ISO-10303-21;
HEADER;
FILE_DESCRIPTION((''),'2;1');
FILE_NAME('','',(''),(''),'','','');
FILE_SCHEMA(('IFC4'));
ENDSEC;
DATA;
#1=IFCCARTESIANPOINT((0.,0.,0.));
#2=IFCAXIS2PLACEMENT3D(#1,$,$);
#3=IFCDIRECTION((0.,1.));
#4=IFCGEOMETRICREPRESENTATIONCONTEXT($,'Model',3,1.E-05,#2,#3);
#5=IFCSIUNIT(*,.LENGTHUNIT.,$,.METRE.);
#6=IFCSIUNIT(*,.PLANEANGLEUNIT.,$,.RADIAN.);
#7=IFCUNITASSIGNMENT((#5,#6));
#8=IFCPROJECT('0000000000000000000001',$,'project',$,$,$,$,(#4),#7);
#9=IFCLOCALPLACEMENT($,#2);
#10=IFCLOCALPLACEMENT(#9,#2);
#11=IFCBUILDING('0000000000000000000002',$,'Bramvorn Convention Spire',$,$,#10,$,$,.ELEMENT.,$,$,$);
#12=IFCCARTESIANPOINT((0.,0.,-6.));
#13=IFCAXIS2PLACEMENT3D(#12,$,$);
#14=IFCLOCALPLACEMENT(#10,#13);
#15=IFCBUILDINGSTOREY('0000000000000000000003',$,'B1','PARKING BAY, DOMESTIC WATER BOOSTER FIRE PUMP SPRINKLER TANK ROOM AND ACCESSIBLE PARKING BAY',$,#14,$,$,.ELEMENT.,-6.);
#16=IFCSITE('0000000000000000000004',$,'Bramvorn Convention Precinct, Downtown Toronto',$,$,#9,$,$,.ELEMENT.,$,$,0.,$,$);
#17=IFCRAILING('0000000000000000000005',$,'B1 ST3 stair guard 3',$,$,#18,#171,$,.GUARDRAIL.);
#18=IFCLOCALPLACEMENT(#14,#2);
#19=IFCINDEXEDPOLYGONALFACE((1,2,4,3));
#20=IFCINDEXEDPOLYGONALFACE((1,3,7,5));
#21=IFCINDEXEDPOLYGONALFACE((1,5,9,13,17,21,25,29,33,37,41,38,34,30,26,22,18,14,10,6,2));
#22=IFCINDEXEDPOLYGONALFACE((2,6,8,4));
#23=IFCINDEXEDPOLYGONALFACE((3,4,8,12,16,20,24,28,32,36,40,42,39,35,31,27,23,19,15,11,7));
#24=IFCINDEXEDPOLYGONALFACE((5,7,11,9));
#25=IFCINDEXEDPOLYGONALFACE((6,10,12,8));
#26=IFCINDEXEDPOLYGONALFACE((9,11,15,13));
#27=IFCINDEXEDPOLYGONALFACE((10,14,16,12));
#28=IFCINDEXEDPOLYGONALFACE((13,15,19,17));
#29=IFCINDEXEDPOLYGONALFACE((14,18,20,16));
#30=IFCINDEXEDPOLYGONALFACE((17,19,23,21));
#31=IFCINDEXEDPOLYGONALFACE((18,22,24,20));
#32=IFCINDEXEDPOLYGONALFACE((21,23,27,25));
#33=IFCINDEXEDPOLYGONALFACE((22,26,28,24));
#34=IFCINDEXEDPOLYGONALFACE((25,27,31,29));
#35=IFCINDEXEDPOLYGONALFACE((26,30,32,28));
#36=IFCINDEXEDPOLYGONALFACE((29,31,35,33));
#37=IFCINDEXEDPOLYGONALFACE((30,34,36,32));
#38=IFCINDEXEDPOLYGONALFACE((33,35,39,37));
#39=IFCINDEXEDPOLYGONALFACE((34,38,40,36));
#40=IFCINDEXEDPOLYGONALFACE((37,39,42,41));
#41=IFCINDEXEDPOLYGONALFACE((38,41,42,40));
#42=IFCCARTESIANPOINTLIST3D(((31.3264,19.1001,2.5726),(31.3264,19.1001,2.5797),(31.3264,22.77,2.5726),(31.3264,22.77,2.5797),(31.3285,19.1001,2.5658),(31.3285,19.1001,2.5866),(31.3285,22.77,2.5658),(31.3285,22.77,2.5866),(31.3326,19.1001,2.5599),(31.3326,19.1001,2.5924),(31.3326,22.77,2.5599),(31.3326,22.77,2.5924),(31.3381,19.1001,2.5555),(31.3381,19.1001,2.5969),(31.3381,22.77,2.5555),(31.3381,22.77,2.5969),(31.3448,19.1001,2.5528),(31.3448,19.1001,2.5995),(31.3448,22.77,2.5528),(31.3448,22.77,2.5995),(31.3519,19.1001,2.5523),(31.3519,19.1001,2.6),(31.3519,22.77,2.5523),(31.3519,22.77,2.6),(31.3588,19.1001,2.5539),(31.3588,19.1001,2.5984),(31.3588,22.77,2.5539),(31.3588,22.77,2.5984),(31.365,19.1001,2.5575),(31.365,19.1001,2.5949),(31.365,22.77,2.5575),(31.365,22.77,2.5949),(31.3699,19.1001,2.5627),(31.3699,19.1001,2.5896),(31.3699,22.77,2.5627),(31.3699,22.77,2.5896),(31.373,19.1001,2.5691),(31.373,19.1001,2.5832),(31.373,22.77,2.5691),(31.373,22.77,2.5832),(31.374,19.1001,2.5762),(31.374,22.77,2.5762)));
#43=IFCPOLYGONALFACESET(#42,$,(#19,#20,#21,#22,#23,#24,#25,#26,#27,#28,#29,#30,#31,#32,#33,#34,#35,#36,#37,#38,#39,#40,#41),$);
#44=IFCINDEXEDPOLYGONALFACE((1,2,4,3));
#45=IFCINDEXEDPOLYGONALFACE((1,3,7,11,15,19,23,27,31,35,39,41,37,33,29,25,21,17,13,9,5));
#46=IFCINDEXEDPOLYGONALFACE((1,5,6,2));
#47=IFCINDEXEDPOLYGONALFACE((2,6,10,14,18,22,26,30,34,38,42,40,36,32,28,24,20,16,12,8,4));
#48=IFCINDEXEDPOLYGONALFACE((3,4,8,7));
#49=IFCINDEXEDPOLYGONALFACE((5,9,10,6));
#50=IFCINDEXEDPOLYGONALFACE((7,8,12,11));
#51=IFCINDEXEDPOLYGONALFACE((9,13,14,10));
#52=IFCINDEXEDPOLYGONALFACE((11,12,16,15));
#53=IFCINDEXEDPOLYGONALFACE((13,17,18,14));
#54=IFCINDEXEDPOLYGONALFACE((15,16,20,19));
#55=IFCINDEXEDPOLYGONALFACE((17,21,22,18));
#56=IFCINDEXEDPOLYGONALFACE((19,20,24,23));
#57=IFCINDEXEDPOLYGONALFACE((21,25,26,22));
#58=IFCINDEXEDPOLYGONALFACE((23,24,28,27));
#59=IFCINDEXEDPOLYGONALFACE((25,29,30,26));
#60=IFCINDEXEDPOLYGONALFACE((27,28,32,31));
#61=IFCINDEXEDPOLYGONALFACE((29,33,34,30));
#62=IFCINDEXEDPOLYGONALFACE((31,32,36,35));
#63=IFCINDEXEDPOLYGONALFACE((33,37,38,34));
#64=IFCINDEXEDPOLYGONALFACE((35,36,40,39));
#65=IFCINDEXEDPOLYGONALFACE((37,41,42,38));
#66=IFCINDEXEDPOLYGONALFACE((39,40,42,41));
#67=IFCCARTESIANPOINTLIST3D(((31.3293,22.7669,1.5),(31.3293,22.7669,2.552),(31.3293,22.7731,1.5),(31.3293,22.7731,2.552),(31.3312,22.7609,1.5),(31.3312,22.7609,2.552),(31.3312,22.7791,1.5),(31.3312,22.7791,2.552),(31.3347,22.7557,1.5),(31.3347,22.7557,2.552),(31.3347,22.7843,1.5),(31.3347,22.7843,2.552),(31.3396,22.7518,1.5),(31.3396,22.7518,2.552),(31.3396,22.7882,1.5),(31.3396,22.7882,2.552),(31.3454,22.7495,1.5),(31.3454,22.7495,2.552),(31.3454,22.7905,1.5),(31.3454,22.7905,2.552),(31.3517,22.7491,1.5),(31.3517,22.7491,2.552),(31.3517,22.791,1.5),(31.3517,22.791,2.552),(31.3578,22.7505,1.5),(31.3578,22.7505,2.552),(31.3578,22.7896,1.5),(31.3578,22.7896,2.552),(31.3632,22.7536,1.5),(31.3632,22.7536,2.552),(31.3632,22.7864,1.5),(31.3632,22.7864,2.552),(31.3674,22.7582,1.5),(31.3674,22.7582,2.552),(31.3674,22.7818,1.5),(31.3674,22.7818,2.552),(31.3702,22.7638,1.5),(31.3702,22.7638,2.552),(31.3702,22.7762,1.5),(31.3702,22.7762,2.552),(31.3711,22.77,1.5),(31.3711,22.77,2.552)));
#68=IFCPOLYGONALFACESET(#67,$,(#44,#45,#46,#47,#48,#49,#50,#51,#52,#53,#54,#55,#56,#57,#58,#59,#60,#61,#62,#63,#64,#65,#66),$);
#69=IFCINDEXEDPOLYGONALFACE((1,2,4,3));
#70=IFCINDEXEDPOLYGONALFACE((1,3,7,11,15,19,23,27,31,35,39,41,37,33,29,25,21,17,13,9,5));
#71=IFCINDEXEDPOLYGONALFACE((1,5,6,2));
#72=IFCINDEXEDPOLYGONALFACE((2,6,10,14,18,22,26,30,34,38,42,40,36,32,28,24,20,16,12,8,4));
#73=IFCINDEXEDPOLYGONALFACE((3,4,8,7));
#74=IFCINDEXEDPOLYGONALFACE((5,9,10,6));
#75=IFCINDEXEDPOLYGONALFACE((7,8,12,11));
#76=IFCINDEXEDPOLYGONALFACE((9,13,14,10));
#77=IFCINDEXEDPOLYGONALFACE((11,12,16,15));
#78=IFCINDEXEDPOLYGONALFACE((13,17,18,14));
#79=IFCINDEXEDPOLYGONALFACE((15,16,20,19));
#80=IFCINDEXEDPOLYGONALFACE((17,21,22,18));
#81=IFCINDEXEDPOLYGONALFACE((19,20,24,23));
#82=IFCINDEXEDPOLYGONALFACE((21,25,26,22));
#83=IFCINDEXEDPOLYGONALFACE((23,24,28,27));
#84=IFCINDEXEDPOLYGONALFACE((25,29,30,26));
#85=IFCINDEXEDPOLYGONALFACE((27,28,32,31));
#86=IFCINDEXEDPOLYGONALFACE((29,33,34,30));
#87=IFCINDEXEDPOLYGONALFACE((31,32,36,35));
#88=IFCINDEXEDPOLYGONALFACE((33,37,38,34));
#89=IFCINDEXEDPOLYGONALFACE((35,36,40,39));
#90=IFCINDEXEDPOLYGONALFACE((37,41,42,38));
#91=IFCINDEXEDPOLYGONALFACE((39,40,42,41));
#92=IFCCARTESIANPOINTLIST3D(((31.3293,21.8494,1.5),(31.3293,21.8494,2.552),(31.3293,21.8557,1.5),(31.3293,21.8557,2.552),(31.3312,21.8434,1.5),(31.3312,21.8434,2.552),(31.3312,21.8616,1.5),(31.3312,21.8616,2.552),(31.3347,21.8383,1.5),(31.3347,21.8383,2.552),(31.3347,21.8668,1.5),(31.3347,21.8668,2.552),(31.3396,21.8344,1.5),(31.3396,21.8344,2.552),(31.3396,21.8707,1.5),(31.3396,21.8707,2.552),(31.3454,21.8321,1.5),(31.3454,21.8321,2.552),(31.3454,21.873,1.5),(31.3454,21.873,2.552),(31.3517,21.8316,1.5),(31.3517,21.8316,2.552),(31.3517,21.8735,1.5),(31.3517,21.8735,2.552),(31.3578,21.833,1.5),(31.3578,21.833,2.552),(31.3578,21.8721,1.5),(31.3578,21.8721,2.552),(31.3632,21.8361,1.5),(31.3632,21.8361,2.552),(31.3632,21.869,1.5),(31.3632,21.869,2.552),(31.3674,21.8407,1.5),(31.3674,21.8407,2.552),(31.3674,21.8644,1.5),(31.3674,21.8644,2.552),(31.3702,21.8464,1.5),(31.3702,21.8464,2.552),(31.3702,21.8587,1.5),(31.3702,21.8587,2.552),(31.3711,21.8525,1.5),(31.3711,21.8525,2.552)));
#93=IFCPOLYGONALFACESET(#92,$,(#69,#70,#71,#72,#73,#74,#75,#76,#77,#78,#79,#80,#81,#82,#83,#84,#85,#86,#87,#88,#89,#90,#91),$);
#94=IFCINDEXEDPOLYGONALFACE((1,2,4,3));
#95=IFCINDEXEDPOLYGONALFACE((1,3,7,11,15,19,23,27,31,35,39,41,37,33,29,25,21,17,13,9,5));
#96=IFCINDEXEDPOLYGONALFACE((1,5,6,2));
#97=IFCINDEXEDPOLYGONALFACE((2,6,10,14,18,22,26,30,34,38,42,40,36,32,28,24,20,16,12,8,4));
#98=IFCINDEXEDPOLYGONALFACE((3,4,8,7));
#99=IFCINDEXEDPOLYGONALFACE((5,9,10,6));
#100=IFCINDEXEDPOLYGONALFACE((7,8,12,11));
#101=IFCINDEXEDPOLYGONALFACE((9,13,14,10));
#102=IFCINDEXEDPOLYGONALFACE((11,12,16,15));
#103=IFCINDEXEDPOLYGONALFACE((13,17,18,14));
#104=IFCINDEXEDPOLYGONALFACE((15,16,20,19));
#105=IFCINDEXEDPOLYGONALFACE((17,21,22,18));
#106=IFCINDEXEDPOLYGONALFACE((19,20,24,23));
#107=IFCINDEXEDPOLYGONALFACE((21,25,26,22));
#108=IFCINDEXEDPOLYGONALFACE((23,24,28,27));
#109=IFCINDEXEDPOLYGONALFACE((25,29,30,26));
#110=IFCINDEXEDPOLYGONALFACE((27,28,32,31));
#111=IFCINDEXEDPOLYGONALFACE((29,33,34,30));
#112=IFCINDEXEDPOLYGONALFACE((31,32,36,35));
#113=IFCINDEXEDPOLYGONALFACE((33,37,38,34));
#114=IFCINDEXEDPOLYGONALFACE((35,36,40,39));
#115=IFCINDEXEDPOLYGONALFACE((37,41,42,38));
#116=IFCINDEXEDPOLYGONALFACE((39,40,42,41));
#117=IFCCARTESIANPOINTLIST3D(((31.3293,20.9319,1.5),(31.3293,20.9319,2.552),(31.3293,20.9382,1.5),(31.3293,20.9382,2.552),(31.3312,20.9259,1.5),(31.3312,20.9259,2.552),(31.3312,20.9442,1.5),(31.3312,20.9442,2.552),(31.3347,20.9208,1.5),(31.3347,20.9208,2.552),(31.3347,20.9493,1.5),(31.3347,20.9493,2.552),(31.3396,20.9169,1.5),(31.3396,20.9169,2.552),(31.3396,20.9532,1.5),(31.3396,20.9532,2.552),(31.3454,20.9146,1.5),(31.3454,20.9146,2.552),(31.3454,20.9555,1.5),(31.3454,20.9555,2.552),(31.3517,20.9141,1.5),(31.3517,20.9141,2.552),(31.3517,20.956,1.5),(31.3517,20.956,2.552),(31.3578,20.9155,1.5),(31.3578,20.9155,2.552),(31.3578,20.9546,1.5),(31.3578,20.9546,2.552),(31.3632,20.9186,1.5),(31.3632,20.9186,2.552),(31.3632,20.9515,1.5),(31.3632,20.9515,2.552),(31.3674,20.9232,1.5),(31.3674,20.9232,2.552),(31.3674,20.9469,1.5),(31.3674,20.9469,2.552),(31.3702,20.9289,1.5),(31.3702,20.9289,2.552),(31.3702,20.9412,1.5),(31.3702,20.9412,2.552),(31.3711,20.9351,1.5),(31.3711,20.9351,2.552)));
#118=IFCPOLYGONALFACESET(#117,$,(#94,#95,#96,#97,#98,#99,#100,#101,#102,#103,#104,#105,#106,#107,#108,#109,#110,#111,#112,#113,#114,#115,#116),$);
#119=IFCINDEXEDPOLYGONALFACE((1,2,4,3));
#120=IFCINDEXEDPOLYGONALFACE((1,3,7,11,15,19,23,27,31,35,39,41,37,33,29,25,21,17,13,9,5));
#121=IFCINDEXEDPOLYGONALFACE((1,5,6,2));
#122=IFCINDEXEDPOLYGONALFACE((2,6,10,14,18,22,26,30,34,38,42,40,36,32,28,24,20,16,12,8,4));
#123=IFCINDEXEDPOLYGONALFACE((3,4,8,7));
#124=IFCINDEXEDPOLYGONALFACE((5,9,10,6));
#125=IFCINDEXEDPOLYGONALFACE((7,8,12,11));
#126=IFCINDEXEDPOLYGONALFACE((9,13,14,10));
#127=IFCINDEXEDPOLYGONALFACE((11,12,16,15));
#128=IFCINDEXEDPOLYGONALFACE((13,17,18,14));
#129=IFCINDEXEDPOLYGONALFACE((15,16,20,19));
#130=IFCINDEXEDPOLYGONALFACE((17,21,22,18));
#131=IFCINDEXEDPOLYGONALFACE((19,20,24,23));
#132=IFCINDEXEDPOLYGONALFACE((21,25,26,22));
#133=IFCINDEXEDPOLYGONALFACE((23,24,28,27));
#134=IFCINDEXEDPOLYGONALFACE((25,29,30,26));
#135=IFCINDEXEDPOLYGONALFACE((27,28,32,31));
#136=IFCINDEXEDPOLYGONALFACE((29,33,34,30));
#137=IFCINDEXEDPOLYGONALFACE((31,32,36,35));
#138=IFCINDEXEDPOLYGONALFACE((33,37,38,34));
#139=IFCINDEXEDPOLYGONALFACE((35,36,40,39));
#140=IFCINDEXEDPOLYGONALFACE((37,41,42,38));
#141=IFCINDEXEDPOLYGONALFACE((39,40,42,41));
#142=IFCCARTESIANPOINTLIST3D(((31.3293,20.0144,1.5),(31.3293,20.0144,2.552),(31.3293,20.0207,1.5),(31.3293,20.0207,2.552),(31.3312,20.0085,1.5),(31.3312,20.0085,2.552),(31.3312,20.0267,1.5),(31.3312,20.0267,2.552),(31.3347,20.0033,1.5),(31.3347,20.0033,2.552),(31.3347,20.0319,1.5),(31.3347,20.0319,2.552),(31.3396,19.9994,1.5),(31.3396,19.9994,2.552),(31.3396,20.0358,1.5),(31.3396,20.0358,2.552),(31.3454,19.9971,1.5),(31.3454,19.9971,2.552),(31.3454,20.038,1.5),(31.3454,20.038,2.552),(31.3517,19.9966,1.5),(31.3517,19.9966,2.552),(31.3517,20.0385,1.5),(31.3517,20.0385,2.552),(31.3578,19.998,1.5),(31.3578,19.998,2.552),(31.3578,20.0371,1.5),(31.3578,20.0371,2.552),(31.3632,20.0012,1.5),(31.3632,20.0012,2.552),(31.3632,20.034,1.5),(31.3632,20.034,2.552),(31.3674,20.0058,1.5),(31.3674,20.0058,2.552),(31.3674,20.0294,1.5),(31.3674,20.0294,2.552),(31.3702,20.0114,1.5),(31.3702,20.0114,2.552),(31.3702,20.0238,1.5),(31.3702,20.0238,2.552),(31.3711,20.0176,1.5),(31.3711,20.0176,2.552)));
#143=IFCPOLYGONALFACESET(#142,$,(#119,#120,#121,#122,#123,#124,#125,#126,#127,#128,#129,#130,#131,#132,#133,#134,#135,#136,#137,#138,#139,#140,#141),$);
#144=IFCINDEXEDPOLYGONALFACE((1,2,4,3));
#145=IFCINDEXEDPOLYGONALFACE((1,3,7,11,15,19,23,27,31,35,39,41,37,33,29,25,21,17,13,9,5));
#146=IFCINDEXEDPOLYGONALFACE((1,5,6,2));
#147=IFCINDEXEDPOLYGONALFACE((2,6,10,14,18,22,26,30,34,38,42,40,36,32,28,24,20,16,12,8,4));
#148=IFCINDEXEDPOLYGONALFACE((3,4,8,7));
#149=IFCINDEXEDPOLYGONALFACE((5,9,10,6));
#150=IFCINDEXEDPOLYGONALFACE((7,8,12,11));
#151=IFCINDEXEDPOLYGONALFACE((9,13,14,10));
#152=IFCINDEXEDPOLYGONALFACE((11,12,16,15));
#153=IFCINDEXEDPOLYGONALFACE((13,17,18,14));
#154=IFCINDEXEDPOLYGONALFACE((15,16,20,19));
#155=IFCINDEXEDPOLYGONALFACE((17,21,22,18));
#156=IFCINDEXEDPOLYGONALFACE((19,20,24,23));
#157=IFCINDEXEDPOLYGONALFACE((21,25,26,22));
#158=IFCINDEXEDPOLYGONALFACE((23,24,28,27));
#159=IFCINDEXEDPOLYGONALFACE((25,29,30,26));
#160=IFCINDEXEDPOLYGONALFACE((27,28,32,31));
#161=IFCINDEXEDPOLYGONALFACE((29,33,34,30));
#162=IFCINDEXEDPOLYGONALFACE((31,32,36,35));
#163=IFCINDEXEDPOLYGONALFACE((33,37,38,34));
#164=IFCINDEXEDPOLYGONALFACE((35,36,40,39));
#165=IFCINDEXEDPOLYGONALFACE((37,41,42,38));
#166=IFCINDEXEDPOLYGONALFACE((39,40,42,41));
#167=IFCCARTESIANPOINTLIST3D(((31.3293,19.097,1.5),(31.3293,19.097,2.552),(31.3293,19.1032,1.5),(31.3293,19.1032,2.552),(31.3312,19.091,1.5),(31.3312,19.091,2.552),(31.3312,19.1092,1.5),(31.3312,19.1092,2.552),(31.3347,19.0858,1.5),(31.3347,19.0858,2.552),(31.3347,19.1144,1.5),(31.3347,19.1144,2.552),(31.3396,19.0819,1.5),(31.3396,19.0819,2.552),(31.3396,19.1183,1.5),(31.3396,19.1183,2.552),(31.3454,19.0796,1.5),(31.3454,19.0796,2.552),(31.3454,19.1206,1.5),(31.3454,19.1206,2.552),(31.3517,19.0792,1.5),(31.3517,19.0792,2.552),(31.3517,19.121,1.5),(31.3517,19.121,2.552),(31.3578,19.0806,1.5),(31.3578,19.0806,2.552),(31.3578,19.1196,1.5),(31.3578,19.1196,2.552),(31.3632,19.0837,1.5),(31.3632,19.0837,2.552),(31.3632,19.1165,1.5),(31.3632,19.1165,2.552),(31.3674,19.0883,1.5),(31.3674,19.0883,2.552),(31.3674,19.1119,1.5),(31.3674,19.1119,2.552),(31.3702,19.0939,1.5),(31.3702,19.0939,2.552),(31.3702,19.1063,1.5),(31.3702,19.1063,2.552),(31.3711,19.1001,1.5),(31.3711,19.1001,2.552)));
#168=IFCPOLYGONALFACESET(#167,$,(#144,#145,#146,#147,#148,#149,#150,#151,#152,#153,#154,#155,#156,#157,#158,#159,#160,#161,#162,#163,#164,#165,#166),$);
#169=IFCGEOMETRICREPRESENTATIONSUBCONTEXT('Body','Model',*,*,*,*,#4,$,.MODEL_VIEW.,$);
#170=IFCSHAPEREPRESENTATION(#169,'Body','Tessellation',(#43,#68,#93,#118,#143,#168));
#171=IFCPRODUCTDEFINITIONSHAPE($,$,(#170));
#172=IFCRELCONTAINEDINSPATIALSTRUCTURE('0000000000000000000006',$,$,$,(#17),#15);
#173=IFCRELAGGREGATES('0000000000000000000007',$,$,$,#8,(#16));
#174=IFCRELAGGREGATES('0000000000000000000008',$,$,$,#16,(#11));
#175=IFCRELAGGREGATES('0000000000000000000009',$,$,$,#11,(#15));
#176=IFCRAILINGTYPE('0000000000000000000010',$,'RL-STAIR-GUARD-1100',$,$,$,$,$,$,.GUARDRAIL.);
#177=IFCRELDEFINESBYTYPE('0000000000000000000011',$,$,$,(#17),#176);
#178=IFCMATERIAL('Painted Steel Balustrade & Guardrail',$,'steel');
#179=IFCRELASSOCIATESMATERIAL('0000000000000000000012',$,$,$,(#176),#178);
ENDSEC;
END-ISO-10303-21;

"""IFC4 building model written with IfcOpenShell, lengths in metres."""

from ifc_helpers import new_model, si_unit, direction, frame, origin, origin_2d, place, context, subcontext, project, spatial, circle, extrude, material, type_object, element, save


model = new_model("IFC4")

# Units and contexts
model_context = context("Model", 3, precision=1e-05, world=origin(), true_north=direction((0.0, 1.0)))
body_context = subcontext(model_context, "Body", "Model", "MODEL_VIEW")
ifc_project = project(units=[si_unit("LENGTHUNIT", "METRE"), si_unit("PLANEANGLEUNIT", "RADIAN")], contexts=[model_context])

# Site, building, storey
site_placement = place(None, origin())
site = spatial("IfcSite", under=ifc_project, at=site_placement, Name="Bramvorn Convention Precinct, Downtown Toronto", CompositionType="ELEMENT", RefElevation=0.0)
building_placement = place(site_placement, origin())
building = spatial("IfcBuilding", under=site, at=building_placement, Name="Bramvorn Convention Spire", CompositionType="ELEMENT")
storey_placement = place(building_placement, frame((0.0, 0.0, -6.0)))
storey = spatial("IfcBuildingStorey", under=building, at=storey_placement, Name="B1", Description="PARKING BAY, DOMESTIC WATER BOOSTER FIRE PUMP SPRINKLER TANK ROOM AND ACCESSIBLE PARKING BAY", CompositionType="ELEMENT", Elevation=-6.0)

# Railing
ifc_material_1 = material(Name="Painted Steel Balustrade & Guardrail", Category="steel")
railing_type_1 = type_object("IfcRailingType", Name="RL-STAIR-GUARD-1100", PredefinedType="GUARDRAIL", material=ifc_material_1)
for number, where, name in (
    (1, (31.3501, 22.77, 1.5), "B1 ST3 stair guard 3"),
):
    element("IfcRailing", number, at=place(storey_placement, frame(where)), inside=storey, type_object=railing_type_1, Name=name, PredefinedType="GUARDRAIL", context=body_context, shape_type="SweptSolid", body=[
        extrude(circle(Radius=0.0239, at=origin_2d()), frame((0.0, 0.0, 1.0762), z_axis=(0.0, -1.0, 0.0), x_axis=(1.0, 0.0, 0.0)), (0.0, 0.0, 1.0), 3.6699),
        extrude(circle(Radius=0.021, at=origin_2d()), origin(), (0.0, 0.0, 1.0), 1.052),
        extrude(circle(Radius=0.021, at=origin_2d()), frame((0.0, -0.9175, 0.0)), (0.0, 0.0, 1.0), 1.052),
        extrude(circle(Radius=0.021, at=origin_2d()), frame((0.0, -1.835, 0.0)), (0.0, 0.0, 1.0), 1.052),
        extrude(circle(Radius=0.021, at=origin_2d()), frame((0.0, -2.7524, 0.0)), (0.0, 0.0, 1.0), 1.052),
        extrude(circle(Radius=0.021, at=origin_2d()), frame((0.0, -3.6699, 0.0)), (0.0, 0.0, 1.0), 1.052),
    ])

save(model, "model.ifc")
